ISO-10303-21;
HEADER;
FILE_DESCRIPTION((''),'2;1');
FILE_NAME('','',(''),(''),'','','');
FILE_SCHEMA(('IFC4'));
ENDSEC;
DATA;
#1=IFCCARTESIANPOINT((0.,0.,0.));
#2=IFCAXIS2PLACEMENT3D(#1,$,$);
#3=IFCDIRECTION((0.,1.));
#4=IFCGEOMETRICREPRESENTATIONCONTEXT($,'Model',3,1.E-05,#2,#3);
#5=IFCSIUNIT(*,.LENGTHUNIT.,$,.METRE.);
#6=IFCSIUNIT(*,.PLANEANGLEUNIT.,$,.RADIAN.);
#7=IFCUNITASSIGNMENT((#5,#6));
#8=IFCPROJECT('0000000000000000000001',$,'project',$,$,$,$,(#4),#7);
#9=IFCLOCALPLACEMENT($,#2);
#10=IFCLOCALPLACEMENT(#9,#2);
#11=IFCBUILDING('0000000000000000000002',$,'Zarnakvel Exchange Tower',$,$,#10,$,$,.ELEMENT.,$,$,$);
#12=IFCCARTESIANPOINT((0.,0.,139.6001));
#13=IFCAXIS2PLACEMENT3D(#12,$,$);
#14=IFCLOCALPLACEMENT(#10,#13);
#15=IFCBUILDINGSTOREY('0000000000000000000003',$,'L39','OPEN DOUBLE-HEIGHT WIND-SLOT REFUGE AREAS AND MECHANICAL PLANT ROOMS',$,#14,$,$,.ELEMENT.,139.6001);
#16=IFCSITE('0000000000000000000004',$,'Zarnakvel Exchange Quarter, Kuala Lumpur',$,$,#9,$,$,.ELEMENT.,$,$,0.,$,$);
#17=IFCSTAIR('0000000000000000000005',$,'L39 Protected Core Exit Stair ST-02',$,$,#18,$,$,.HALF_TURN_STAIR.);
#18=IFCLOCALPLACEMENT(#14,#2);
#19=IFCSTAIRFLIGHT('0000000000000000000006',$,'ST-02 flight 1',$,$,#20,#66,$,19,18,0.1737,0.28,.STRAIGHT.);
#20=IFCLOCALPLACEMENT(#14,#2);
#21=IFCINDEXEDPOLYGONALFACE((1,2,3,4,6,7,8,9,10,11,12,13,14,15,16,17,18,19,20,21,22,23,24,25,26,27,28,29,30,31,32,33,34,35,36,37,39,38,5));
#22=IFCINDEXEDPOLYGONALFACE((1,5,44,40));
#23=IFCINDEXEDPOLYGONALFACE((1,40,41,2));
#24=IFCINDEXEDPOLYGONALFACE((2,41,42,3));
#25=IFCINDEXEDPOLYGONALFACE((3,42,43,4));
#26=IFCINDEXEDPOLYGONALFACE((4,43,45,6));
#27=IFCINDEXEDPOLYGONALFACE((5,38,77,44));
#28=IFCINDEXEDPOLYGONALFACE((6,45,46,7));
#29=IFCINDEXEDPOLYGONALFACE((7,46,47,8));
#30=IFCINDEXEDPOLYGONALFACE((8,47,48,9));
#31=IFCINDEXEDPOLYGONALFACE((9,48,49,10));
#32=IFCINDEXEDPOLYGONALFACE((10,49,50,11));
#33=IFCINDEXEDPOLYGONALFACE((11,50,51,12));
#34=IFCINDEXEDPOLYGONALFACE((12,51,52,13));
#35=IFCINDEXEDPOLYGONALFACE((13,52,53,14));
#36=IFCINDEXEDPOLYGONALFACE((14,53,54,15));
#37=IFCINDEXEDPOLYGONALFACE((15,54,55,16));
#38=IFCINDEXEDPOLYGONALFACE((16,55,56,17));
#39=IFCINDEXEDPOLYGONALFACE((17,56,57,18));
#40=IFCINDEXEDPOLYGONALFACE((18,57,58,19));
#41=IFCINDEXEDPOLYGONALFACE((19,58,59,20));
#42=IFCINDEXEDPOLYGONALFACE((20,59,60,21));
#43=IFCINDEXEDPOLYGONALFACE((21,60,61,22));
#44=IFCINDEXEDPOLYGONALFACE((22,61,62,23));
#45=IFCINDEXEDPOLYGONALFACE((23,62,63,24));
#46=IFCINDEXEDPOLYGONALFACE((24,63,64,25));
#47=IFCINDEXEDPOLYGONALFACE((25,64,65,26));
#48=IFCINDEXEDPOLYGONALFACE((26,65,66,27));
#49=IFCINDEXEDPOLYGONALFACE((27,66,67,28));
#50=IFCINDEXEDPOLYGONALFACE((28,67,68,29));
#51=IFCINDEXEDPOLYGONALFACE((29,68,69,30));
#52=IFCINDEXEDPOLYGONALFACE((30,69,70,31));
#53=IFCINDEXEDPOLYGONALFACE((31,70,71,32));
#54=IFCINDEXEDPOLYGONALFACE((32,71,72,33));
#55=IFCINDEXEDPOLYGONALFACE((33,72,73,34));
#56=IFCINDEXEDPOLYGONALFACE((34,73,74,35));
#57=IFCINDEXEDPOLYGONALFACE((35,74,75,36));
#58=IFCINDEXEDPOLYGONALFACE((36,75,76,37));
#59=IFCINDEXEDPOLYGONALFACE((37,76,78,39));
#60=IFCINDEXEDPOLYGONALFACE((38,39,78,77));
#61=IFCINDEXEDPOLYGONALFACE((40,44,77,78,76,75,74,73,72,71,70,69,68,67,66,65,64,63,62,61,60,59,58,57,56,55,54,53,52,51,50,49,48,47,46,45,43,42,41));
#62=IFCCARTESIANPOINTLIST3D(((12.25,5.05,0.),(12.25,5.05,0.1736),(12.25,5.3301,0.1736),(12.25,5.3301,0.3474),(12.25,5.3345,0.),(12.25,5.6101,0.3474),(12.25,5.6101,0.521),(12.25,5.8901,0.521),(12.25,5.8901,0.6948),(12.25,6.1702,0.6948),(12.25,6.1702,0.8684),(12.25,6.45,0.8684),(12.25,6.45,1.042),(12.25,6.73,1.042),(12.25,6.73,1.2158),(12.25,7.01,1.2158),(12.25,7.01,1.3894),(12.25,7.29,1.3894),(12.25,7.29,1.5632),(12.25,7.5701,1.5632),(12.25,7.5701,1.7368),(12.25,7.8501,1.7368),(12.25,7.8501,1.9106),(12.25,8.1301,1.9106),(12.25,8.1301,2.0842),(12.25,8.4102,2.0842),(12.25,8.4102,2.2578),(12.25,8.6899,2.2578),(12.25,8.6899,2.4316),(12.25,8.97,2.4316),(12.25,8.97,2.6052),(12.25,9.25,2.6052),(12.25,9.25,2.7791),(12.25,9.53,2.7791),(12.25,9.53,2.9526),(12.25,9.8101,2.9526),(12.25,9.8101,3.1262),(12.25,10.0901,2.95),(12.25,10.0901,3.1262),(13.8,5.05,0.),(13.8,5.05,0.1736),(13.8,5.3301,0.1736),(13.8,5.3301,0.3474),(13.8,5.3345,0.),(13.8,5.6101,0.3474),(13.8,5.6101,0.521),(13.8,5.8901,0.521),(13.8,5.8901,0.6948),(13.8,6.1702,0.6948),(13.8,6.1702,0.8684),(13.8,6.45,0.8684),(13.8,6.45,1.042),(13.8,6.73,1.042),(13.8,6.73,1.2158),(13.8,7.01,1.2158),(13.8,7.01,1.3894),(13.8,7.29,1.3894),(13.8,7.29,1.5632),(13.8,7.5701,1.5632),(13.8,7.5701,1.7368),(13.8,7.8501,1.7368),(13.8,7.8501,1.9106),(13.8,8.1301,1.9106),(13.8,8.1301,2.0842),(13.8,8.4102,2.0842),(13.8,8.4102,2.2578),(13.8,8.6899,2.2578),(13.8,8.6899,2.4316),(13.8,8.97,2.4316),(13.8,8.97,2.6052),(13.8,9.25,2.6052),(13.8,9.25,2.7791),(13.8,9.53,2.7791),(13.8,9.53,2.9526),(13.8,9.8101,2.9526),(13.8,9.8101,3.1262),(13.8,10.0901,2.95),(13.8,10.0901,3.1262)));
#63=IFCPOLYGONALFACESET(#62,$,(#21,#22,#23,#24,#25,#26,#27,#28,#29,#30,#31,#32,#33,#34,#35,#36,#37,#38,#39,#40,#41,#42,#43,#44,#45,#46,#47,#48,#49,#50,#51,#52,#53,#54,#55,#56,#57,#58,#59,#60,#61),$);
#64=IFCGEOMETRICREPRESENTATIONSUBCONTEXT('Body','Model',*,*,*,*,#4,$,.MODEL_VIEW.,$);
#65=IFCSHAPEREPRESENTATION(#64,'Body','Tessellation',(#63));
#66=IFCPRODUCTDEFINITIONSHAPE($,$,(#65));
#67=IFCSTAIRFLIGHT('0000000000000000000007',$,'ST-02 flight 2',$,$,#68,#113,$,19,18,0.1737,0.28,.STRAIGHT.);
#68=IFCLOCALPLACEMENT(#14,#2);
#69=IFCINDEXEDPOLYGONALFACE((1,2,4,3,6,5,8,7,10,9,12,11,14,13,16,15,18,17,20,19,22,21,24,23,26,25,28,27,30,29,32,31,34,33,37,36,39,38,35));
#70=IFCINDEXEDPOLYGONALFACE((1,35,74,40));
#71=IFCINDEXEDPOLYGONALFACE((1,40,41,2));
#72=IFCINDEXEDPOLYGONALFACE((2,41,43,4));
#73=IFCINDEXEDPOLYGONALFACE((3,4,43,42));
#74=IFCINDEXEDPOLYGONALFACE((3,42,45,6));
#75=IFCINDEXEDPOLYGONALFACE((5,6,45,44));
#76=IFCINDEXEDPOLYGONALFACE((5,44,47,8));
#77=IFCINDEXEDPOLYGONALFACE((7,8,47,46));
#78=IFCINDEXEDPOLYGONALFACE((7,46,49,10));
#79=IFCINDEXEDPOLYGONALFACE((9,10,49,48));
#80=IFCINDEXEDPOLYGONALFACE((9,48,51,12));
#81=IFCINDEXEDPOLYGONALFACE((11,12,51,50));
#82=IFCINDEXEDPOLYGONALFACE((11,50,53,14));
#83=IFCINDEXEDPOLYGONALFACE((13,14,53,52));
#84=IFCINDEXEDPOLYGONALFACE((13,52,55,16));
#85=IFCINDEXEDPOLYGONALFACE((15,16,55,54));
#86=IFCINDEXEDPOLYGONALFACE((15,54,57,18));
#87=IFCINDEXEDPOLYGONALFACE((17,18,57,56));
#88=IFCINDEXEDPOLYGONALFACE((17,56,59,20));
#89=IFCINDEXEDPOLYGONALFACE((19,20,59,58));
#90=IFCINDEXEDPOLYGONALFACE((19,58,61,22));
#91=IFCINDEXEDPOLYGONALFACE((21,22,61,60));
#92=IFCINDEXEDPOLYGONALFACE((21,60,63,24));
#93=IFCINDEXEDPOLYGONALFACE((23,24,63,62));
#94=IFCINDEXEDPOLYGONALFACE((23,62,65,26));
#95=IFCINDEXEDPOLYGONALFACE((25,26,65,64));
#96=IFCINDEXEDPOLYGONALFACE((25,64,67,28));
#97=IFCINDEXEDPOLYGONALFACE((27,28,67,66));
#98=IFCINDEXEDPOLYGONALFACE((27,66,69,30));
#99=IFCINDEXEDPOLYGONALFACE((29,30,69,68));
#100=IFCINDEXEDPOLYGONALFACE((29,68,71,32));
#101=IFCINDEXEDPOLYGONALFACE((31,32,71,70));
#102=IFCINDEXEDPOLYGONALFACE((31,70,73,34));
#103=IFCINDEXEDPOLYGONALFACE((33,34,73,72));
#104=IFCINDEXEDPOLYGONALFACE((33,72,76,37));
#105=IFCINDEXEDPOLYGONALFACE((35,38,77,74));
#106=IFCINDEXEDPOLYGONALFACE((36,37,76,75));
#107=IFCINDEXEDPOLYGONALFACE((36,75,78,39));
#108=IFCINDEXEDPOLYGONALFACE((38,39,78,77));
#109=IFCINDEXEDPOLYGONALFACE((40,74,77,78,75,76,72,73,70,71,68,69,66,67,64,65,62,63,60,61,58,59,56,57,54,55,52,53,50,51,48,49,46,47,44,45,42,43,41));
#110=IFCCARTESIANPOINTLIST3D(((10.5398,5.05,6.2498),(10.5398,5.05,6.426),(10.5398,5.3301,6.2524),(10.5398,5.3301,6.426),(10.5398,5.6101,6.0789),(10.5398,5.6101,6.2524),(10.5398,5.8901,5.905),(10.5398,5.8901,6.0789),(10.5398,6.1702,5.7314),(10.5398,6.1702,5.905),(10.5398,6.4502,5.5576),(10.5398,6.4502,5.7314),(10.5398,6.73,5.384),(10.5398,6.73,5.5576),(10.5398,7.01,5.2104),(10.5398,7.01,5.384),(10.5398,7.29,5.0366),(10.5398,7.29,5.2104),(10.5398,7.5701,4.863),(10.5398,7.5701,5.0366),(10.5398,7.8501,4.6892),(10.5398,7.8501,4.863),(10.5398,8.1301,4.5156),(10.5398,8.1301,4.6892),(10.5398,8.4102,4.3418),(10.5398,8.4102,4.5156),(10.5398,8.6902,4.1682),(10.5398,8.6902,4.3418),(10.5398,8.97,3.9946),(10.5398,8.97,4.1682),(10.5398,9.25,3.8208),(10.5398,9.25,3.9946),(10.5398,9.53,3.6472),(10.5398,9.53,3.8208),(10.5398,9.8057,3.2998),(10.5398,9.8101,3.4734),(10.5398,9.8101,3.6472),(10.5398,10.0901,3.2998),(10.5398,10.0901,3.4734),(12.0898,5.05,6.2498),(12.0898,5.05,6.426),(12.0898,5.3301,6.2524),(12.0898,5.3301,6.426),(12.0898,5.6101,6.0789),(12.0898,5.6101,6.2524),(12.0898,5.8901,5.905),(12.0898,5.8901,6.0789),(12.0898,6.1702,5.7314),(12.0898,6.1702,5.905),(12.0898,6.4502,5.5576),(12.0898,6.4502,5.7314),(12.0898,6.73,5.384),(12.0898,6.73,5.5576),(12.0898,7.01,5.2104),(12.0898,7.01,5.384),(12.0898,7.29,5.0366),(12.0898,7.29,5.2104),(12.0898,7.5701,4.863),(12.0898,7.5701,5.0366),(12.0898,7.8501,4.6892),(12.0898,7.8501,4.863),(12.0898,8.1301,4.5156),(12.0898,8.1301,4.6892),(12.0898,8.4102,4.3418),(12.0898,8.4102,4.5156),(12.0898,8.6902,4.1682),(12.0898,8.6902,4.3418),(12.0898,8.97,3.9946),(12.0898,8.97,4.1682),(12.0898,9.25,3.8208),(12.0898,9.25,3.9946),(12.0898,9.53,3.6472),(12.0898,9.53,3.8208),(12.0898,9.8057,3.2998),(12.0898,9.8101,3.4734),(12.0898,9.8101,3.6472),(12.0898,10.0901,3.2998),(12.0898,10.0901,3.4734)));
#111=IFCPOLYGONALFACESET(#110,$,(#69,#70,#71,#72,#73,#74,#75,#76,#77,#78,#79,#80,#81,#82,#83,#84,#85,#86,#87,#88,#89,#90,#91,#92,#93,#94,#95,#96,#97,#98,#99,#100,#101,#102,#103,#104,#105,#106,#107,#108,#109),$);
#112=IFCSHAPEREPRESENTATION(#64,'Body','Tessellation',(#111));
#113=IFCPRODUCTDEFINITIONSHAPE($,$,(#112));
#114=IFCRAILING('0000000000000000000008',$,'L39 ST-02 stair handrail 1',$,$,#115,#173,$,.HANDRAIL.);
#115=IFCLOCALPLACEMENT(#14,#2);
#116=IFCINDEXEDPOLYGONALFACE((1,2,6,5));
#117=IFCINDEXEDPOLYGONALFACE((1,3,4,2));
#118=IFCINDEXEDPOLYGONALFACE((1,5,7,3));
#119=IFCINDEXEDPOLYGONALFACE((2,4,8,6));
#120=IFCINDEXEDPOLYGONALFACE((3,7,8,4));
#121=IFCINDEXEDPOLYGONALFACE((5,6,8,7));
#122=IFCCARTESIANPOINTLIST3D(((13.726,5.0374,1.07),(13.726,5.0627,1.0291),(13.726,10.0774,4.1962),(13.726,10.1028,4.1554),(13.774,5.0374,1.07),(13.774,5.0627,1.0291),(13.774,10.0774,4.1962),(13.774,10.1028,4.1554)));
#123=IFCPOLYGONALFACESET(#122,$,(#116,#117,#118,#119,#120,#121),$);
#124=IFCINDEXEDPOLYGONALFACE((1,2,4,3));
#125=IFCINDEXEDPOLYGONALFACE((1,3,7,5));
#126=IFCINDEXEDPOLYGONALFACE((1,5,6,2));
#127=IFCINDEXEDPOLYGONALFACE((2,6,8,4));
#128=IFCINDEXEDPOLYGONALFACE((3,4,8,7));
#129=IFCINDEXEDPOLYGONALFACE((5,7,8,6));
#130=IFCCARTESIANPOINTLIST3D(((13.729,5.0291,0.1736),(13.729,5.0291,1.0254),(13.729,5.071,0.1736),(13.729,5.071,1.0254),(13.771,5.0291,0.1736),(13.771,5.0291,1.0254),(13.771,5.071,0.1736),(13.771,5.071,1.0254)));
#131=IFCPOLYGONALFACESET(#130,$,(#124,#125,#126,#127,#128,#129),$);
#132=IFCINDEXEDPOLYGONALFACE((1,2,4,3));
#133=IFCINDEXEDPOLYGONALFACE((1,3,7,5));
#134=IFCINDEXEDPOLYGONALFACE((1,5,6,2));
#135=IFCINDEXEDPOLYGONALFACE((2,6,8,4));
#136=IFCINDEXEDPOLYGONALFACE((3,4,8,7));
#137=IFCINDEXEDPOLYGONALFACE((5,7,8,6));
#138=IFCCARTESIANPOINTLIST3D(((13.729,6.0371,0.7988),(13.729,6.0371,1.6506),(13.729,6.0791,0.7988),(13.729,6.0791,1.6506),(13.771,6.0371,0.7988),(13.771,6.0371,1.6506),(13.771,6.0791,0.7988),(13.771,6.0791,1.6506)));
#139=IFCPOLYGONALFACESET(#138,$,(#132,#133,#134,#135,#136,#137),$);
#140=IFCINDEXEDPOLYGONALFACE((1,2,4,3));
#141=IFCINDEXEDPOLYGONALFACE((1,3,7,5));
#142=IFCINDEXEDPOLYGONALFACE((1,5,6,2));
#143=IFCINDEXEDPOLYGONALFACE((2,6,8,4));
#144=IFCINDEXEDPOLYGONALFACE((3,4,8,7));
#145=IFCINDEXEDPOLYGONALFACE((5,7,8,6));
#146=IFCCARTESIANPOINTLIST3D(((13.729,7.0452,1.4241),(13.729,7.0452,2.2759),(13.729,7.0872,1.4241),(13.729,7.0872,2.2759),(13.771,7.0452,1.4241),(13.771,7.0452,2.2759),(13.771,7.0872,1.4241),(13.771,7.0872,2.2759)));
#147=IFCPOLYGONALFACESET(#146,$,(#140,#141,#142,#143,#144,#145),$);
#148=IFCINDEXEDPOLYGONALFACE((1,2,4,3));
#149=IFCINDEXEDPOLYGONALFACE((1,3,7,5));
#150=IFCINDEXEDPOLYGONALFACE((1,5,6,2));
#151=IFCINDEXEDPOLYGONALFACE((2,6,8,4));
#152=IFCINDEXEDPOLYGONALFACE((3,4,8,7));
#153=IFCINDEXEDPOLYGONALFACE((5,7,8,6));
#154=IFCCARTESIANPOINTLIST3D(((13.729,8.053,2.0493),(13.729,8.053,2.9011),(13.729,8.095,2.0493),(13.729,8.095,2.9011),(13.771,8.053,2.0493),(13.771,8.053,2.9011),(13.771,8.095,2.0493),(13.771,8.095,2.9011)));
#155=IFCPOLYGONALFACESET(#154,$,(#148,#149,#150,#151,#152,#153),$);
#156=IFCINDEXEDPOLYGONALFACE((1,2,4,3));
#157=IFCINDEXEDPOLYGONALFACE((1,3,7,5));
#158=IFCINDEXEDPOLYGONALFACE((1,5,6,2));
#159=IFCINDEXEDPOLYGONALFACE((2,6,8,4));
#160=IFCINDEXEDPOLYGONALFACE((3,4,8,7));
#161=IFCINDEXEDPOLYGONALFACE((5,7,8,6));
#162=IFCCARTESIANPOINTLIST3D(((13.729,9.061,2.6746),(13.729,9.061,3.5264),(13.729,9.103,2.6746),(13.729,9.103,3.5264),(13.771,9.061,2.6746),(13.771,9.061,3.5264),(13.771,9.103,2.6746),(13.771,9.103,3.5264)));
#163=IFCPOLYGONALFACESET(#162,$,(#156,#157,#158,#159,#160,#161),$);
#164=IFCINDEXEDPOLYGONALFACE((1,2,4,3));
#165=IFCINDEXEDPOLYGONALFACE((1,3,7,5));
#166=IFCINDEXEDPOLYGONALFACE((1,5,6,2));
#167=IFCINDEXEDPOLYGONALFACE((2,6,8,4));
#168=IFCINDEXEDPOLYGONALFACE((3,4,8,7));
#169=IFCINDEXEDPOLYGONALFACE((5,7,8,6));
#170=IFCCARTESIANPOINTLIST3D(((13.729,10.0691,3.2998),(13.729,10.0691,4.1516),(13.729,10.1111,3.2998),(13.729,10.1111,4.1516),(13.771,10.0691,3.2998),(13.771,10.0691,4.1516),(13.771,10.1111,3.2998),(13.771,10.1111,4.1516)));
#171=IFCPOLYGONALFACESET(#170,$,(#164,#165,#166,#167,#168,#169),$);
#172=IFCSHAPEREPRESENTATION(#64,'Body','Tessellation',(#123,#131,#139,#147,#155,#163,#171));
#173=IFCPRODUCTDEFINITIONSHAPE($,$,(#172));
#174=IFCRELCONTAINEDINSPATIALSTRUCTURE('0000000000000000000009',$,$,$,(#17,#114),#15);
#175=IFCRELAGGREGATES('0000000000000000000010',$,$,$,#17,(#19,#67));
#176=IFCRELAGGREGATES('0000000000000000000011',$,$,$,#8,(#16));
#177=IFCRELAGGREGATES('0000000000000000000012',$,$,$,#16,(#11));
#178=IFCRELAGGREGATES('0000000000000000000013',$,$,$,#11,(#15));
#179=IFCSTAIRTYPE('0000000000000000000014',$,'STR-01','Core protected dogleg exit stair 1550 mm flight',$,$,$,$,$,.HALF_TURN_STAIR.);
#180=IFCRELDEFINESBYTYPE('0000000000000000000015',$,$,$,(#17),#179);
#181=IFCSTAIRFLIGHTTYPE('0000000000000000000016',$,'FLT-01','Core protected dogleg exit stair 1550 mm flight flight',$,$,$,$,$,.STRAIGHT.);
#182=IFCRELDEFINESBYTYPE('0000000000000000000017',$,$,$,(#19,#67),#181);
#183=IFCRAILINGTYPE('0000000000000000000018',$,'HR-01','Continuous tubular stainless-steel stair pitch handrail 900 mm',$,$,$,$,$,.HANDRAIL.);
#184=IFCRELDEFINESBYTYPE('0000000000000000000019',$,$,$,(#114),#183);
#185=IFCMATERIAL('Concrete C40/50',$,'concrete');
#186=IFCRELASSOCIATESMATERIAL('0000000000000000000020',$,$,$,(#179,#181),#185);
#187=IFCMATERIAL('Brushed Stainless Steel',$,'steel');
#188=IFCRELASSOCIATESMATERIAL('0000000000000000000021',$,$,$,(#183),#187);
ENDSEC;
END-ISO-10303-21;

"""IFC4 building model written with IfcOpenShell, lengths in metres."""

from ifc_helpers import new_model, si_unit, direction, frame, origin, origin_2d, place, context, subcontext, project, spatial, polyline, rectangle, outline, extrude, material, type_object, element, aggregate, save


model = new_model("IFC4")

# Units and contexts
model_context = context("Model", 3, precision=1e-05, world=origin(), true_north=direction((0.0, 1.0)))
body_context = subcontext(model_context, "Body", "Model", "MODEL_VIEW")
ifc_project = project(units=[si_unit("LENGTHUNIT", "METRE"), si_unit("PLANEANGLEUNIT", "RADIAN")], contexts=[model_context])

# Site, building, storey
site_placement = place(None, origin())
site = spatial("IfcSite", under=ifc_project, at=site_placement, Name="Zarnakvel Exchange Quarter, Kuala Lumpur", CompositionType="ELEMENT", RefElevation=0.0)
building_placement = place(site_placement, origin())
building = spatial("IfcBuilding", under=site, at=building_placement, Name="Zarnakvel Exchange Tower", CompositionType="ELEMENT")
storey_placement = place(building_placement, frame((0.0, 0.0, 139.6001)))
storey = spatial("IfcBuildingStorey", under=building, at=storey_placement, Name="L39", Description="OPEN DOUBLE-HEIGHT WIND-SLOT REFUGE AREAS AND MECHANICAL PLANT ROOMS", CompositionType="ELEMENT", Elevation=139.6001)

# Shared definitions
ifc_material_1 = material(Name="Concrete C40/50", Category="concrete")

# Stair, stair flights
stair_type = type_object("IfcStairType", Name="STR-01", Description="Core protected dogleg exit stair 1550 mm flight", PredefinedType="HALF_TURN_STAIR", material=ifc_material_1)
stair_placement = place(storey_placement, origin())
stair = element("IfcStair", 1, at=stair_placement, inside=storey, type_object=stair_type, Name="L39 Protected Core Exit Stair ST-02", PredefinedType="HALF_TURN_STAIR")
stair_flight_type = type_object("IfcStairFlightType", Name="FLT-01", Description="Core protected dogleg exit stair 1550 mm flight flight", PredefinedType="STRAIGHT", material=ifc_material_1)
stair_flight_1_placement = place(storey_placement, frame((13.0249, 5.05, 0.0), z_axis=(0.0, 0.0, 1.0), x_axis=(0.0, 1.0, 0.0)))
stair_flight_1 = element("IfcStairFlight", 2, at=stair_flight_1_placement, type_object=stair_flight_type, Name="ST-02 flight 1", NumberOfRisers=19, NumberOfTreads=18, PredefinedType="STRAIGHT", RiserHeight=0.1737, TreadLength=0.28, context=body_context, shape_type="SweptSolid", body=[
    extrude(outline(polyline([(0.0, 0.0), (0.0, 0.1736), (0.28, 0.1736), (0.28, 0.3474), (0.5601, 0.3474), (0.5601, 0.521), (0.8401, 0.521), (0.8401, 0.6948), (1.1201, 0.6948), (1.1201, 0.8684), (1.3999, 0.8684), (1.3999, 1.042), (1.6799, 1.042), (1.6799, 1.2158), (1.96, 1.2158), (1.96, 1.3894), (2.24, 1.3894), (2.24, 1.5632), (2.52, 1.5632), (2.52, 1.7368), (2.8, 1.7368), (2.8, 1.9106), (3.0801, 1.9106), (3.0801, 2.0842), (3.3601, 2.0842), (3.3601, 2.2578), (3.6399, 2.2578), (3.6399, 2.4316), (3.9199, 2.4316), (3.9199, 2.6052), (4.2, 2.6052), (4.2, 2.7791), (4.48, 2.7791), (4.48, 2.9526), (4.76, 2.9526), (4.76, 3.1262), (5.04, 3.1262), (5.04, 3.3), (5.04, 2.95), (0.2844, 0.0), (0.0, 0.0)])), frame((0.0, 0.7749, 0.0), z_axis=(0.0, -1.0, 0.0), x_axis=(1.0, 0.0, 0.0)), (0.0, 0.0, 1.0), 1.55),
])
stair_flight_2_placement = place(storey_placement, frame((11.3149, 10.0901, 3.2998), z_axis=(0.0, 0.0, 1.0), x_axis=(0.0, -1.0, 0.0)))
stair_flight_2 = element("IfcStairFlight", 3, at=stair_flight_2_placement, type_object=stair_flight_type, Name="ST-02 flight 2", NumberOfRisers=19, NumberOfTreads=18, PredefinedType="STRAIGHT", RiserHeight=0.1737, TreadLength=0.28, context=body_context, shape_type="SweptSolid", body=[
    extrude(outline(polyline([(0.0, 0.0), (0.0, 0.1736), (0.28, 0.1736), (0.28, 0.3474), (0.5601, 0.3474), (0.5601, 0.521), (0.8401, 0.521), (0.8401, 0.6948), (1.1201, 0.6948), (1.1201, 0.8684), (1.3999, 0.8684), (1.3999, 1.042), (1.6799, 1.042), (1.6799, 1.2158), (1.96, 1.2158), (1.96, 1.3894), (2.24, 1.3894), (2.24, 1.5632), (2.52, 1.5632), (2.52, 1.7368), (2.8, 1.7368), (2.8, 1.9106), (3.0801, 1.9106), (3.0801, 2.0842), (3.3601, 2.0842), (3.3601, 2.2578), (3.6399, 2.2578), (3.6399, 2.4316), (3.9199, 2.4316), (3.9199, 2.6052), (4.2, 2.6052), (4.2, 2.7791), (4.48, 2.7791), (4.48, 2.9526), (4.76, 2.9526), (4.76, 3.1262), (5.04, 3.1262), (5.04, 3.3), (5.04, 2.95), (0.2844, 0.0), (0.0, 0.0)])), frame((0.0, 0.7749, 0.0), z_axis=(0.0, -1.0, 0.0), x_axis=(1.0, 0.0, 0.0)), (0.0, 0.0, 1.0), 1.55),
])
aggregate(stair, [stair_flight_1, stair_flight_2])

# Railing
ifc_material_2 = material(Name="Brushed Stainless Steel", Category="steel")
railing_type_1 = type_object("IfcRailingType", Name="HR-01", Description="Continuous tubular stainless-steel stair pitch handrail 900 mm", PredefinedType="HANDRAIL", material=ifc_material_2)
railing_1_placement = place(storey_placement, frame((13.75, 5.05, 0.1736)))
element("IfcRailing", 4, at=railing_1_placement, inside=storey, type_object=railing_type_1, Name="L39 ST-02 stair handrail 1", PredefinedType="HANDRAIL", context=body_context, shape_type="SweptSolid", body=[
    extrude(rectangle(XDim=0.0481, YDim=0.0481, at=origin_2d()), frame((0.0, 0.0, 0.876), z_axis=(0.0, 0.849797, 0.52711), x_axis=(-1.0, 0.0, 0.0)), (0.0, 0.0, 1.0), 5.9309),
    extrude(rectangle(XDim=0.042, YDim=0.042, at=origin_2d()), origin(), (0.0, 0.0, 1.0), 0.8518),
    extrude(rectangle(XDim=0.042, YDim=0.042, at=origin_2d()), frame((0.0, 1.0081, 0.6252)), (0.0, 0.0, 1.0), 0.8518),
    extrude(rectangle(XDim=0.042, YDim=0.042, at=origin_2d()), frame((0.0, 2.0161, 1.2505)), (0.0, 0.0, 1.0), 0.8518),
    extrude(rectangle(XDim=0.042, YDim=0.042, at=origin_2d()), frame((0.0, 3.0239, 1.8757)), (0.0, 0.0, 1.0), 0.8518),
    extrude(rectangle(XDim=0.042, YDim=0.042, at=origin_2d()), frame((0.0, 4.032, 2.501)), (0.0, 0.0, 1.0), 0.8518),
    extrude(rectangle(XDim=0.042, YDim=0.042, at=origin_2d()), frame((0.0, 5.04, 3.1262)), (0.0, 0.0, 1.0), 0.8518),
])

save(model, "model.ifc")
